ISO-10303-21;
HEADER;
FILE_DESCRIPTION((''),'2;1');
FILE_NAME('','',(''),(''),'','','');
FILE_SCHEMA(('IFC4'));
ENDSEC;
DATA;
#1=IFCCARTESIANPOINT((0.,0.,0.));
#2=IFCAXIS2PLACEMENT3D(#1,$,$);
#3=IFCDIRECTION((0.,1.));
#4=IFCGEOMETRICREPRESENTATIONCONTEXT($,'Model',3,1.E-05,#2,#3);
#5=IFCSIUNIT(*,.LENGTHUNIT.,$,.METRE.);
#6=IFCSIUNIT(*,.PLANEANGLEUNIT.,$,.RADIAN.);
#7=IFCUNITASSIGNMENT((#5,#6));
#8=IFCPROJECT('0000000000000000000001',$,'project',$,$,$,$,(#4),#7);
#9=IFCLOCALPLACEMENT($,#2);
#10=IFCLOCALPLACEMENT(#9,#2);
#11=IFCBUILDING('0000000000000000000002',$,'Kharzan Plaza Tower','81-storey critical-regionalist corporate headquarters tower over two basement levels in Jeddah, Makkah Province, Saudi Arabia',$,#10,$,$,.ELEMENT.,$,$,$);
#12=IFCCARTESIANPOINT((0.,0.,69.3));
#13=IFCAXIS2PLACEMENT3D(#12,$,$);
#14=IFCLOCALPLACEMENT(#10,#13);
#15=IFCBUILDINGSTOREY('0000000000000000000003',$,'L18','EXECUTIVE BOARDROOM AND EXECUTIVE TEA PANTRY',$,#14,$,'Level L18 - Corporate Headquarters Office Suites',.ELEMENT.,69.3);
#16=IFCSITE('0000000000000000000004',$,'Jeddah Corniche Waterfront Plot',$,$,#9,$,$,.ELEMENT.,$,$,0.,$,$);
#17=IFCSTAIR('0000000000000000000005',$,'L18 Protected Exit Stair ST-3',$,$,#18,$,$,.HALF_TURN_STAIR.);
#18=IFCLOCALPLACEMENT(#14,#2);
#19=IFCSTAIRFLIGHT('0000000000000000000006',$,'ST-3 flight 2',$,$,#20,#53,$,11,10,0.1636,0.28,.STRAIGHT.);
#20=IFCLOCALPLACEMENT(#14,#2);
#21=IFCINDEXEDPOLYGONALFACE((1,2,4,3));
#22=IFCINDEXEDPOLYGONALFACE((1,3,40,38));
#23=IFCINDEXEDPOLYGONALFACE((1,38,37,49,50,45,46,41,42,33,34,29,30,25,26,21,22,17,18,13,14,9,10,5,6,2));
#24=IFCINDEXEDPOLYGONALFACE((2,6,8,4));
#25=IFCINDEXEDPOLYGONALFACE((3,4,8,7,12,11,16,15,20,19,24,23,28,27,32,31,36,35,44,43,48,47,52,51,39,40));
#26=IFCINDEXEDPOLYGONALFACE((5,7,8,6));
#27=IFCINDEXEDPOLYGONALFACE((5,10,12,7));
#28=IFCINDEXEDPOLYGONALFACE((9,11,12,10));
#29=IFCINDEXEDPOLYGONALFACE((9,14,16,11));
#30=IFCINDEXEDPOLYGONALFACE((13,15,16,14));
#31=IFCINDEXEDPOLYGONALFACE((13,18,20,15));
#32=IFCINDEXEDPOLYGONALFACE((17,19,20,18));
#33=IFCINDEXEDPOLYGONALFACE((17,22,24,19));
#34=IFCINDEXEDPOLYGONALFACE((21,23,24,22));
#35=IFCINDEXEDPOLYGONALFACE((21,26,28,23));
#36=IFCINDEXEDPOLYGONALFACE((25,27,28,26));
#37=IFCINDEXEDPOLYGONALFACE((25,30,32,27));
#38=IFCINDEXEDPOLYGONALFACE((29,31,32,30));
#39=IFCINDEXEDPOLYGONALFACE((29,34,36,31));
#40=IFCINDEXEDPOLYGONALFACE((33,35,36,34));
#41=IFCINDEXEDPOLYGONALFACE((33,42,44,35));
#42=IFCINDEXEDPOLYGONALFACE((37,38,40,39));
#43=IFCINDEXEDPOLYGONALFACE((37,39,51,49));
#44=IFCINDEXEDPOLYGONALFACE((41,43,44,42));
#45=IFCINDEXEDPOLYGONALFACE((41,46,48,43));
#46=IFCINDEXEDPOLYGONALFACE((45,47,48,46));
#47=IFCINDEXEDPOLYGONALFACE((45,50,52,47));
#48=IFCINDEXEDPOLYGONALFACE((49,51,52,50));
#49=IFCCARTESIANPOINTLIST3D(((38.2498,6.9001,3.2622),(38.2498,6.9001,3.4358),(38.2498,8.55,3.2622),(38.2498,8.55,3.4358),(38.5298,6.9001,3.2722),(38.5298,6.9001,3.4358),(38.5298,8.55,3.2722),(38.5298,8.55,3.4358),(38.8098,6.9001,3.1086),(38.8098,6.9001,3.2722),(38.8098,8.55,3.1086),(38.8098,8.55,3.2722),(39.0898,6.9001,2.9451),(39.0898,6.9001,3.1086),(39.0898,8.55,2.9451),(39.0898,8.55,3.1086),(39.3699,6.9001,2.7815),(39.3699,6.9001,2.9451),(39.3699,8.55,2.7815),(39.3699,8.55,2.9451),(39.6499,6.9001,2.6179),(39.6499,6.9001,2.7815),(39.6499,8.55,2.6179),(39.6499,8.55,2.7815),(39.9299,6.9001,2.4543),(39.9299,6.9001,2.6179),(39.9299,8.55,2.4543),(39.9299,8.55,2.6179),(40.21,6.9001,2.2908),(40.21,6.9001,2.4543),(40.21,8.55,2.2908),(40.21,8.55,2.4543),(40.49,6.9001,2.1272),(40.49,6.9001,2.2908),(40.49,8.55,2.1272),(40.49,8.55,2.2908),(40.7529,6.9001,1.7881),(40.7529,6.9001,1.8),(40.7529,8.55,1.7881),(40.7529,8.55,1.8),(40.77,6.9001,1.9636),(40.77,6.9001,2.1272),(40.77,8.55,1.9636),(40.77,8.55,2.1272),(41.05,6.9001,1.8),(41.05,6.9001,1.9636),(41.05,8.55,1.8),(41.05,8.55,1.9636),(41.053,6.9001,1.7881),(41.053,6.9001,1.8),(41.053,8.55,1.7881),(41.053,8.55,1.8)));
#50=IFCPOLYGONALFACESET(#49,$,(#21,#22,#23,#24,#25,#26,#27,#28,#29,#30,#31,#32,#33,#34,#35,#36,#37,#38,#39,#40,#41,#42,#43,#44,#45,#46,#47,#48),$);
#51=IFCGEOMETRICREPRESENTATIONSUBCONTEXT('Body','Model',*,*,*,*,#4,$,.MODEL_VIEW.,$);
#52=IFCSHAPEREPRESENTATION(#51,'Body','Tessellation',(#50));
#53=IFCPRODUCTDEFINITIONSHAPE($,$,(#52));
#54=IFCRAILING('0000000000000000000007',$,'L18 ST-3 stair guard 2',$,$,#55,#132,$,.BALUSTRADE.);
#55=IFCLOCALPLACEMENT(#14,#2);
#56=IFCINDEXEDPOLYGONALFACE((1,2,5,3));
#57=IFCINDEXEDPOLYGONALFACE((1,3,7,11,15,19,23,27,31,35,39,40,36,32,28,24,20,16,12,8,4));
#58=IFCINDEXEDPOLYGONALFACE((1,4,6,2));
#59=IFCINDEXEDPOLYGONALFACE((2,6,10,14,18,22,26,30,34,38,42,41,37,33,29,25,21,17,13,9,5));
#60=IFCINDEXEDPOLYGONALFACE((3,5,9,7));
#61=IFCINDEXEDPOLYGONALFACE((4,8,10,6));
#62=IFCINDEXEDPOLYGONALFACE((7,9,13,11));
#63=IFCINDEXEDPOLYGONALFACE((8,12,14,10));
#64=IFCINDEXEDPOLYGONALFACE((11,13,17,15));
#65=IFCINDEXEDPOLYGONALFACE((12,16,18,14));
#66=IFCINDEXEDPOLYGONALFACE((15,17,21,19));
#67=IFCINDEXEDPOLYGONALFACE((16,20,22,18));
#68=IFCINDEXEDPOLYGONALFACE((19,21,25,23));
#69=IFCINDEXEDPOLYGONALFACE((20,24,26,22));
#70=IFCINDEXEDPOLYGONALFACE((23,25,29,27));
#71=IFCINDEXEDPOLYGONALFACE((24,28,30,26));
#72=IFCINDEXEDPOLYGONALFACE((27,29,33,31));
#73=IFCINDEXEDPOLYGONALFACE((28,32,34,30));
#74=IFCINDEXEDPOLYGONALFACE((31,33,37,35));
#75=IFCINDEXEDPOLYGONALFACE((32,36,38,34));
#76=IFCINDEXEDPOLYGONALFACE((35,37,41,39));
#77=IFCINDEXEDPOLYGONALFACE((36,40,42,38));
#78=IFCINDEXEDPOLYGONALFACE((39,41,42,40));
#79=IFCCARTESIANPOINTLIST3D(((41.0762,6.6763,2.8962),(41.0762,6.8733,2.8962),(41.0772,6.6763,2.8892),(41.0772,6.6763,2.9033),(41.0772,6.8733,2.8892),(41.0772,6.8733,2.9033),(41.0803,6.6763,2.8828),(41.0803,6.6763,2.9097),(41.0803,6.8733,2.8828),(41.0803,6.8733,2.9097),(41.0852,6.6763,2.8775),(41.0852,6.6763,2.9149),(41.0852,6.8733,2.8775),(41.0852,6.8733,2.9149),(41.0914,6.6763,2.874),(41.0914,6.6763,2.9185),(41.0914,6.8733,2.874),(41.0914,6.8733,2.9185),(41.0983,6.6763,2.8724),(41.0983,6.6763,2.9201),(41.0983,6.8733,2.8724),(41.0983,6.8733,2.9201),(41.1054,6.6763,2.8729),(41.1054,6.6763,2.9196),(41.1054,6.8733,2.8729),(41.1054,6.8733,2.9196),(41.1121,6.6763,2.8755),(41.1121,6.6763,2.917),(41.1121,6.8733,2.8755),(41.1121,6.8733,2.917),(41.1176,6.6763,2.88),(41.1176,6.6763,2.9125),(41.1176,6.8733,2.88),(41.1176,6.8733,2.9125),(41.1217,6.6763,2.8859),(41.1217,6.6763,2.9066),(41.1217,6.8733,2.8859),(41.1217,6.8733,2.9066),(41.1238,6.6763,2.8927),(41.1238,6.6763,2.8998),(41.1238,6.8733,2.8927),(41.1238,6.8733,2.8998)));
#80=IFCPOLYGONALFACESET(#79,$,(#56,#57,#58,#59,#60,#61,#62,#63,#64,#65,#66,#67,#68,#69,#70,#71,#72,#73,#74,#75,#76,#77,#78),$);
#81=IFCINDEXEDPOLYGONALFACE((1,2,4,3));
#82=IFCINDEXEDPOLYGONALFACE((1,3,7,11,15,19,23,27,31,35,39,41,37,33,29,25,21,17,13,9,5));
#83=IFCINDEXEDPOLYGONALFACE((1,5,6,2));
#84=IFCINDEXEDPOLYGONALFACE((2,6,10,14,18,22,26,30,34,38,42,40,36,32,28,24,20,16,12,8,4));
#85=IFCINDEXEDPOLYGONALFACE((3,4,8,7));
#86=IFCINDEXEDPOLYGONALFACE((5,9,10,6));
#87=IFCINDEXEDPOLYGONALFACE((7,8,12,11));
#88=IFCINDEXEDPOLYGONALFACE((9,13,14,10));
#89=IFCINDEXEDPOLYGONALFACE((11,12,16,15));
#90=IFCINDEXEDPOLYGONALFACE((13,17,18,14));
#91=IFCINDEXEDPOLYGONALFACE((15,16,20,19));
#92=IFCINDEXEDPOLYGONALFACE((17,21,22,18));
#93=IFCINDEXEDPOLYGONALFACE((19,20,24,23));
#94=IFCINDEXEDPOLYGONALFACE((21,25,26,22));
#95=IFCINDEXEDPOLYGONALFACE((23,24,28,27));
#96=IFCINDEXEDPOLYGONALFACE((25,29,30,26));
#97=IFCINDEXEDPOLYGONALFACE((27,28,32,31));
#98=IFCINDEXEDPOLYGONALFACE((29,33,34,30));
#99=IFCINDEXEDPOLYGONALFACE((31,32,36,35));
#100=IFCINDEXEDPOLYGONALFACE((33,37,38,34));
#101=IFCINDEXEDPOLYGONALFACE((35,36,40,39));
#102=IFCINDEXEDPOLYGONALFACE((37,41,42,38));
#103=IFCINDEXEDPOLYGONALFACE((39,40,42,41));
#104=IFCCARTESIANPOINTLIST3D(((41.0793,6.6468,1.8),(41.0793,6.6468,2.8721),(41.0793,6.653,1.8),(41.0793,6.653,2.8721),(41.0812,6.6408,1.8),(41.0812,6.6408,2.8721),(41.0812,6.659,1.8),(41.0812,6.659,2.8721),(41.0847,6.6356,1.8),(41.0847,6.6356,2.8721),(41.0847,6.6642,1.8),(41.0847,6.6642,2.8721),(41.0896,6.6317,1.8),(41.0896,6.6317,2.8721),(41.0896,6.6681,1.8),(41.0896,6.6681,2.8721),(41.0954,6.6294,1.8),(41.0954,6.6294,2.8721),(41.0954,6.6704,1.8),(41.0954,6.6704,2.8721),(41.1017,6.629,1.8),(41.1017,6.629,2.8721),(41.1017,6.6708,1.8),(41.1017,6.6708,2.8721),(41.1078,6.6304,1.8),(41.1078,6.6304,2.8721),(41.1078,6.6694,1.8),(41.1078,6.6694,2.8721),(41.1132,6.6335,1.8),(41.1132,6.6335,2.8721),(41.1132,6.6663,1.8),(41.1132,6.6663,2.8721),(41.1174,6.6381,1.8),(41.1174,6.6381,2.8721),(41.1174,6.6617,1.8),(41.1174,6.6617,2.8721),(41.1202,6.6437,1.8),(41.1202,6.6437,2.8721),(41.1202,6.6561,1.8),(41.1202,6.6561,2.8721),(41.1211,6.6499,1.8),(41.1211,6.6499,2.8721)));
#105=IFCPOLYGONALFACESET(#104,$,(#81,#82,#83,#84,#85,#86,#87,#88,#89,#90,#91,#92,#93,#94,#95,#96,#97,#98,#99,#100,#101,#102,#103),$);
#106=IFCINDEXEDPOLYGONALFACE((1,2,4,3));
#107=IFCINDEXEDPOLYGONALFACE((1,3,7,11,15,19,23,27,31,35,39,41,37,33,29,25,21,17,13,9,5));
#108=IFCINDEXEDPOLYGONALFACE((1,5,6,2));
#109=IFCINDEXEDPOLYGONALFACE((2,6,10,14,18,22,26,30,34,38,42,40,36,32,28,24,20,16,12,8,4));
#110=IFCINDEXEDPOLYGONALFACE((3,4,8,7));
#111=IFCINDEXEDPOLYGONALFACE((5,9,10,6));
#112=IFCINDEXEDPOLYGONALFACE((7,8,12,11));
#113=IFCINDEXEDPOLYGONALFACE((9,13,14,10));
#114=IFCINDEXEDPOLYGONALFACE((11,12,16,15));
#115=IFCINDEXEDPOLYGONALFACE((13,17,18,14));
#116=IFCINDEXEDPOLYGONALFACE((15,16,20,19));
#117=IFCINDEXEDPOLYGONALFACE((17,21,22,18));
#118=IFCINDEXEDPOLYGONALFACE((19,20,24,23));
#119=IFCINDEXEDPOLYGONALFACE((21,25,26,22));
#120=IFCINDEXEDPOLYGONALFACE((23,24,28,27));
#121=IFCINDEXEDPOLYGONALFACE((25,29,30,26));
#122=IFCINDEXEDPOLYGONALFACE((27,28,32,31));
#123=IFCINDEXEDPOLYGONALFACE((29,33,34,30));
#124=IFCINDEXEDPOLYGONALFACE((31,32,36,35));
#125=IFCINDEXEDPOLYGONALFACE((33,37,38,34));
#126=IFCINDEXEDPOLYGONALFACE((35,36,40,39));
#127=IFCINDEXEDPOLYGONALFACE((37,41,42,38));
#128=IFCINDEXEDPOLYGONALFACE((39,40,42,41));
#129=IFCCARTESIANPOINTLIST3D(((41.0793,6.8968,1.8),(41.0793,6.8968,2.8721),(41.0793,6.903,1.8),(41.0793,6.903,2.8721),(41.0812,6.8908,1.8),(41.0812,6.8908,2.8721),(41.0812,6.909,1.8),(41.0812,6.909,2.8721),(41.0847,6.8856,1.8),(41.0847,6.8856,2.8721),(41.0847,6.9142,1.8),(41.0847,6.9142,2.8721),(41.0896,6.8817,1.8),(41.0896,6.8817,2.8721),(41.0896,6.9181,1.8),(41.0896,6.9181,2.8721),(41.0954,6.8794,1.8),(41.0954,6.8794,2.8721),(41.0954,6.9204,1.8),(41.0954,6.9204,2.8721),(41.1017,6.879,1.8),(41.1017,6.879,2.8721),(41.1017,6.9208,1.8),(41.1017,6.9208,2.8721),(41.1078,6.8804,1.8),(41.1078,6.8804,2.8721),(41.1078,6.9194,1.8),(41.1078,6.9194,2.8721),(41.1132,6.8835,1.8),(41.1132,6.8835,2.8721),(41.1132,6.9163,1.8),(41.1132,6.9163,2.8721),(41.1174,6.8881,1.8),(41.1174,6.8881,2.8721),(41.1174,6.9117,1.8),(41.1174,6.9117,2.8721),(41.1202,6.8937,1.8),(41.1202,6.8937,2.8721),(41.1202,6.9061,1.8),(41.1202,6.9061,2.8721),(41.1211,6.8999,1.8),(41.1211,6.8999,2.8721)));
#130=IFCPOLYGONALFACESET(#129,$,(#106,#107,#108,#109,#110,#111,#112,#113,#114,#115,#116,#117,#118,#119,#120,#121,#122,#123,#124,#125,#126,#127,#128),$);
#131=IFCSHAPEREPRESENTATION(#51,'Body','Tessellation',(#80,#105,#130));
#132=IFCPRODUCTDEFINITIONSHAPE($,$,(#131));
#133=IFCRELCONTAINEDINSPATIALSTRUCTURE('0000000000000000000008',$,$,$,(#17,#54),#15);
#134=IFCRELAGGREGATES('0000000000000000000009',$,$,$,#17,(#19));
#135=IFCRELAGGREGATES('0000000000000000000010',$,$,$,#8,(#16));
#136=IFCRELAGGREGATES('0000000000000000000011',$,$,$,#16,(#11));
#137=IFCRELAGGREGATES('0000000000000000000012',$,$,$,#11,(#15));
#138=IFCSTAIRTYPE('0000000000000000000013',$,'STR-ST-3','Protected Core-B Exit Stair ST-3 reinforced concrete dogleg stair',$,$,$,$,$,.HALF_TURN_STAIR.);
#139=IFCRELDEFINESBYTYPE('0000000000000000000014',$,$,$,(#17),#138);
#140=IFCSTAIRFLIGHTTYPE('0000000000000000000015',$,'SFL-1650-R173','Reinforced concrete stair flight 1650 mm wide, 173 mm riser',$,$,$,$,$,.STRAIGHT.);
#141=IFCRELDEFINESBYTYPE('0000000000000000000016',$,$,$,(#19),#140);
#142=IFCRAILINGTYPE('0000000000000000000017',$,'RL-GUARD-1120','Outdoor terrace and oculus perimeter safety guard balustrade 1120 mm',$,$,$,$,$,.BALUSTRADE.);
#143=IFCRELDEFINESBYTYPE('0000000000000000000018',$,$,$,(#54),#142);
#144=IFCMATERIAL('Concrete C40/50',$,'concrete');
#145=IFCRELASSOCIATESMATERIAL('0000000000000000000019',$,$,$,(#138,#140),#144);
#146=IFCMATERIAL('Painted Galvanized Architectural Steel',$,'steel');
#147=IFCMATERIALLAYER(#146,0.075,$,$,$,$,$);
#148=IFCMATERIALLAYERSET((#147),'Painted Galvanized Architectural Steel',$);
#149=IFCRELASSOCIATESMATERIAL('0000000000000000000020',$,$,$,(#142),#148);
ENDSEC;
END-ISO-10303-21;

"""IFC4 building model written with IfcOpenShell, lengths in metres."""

from ifc_helpers import new_model, si_unit, direction, frame, origin, origin_2d, place, context, subcontext, project, spatial, polyline, circle, outline, extrude, source, transform, mapped, material, layer, layer_set, type_object, element, aggregate, save


model = new_model("IFC4")

# Units and contexts
model_context = context("Model", 3, precision=1e-05, world=origin(), true_north=direction((0.0, 1.0)))
body_context = subcontext(model_context, "Body", "Model", "MODEL_VIEW")
ifc_project = project(units=[si_unit("LENGTHUNIT", "METRE"), si_unit("PLANEANGLEUNIT", "RADIAN")], contexts=[model_context])

# Site, building, storey
site_placement = place(None, origin())
site = spatial("IfcSite", under=ifc_project, at=site_placement, Name="Jeddah Corniche Waterfront Plot", CompositionType="ELEMENT", RefElevation=0.0)
building_placement = place(site_placement, origin())
building = spatial("IfcBuilding", under=site, at=building_placement, Name="Kharzan Plaza Tower", Description="81-storey critical-regionalist corporate headquarters tower over two basement levels in Jeddah, Makkah Province, Saudi Arabia", CompositionType="ELEMENT")
storey_placement = place(building_placement, frame((0.0, 0.0, 69.3)))
storey = spatial("IfcBuildingStorey", under=building, at=storey_placement, Name="L18", Description="EXECUTIVE BOARDROOM AND EXECUTIVE TEA PANTRY", LongName="Level L18 - Corporate Headquarters Office Suites", CompositionType="ELEMENT", Elevation=69.3)

# Shared definitions
ifc_material_1 = material(Name="Concrete C40/50", Category="concrete")

# Stair, stair flight
stair_type = type_object("IfcStairType", Name="STR-ST-3", Description="Protected Core-B Exit Stair ST-3 reinforced concrete dogleg stair", PredefinedType="HALF_TURN_STAIR", material=ifc_material_1)
stair_placement = place(storey_placement, origin())
stair = element("IfcStair", 1, at=stair_placement, inside=storey, type_object=stair_type, Name="L18 Protected Exit Stair ST-3", PredefinedType="HALF_TURN_STAIR")
stair_flight_type = type_object("IfcStairFlightType", Name="SFL-1650-R173", Description="Reinforced concrete stair flight 1650 mm wide, 173 mm riser", PredefinedType="STRAIGHT", material=ifc_material_1)
shared_shape_1 = source(origin(), body_context, "Body", "SweptSolid", [
    extrude(outline(polyline([(-0.0029, -0.012), (-0.0029, 0.0), (0.0, 0.0), (0.0, 0.1636), (0.28, 0.1636), (0.28, 0.3271), (0.5601, 0.3271), (0.5601, 0.4907), (0.8401, 0.4907), (0.8401, 0.6543), (1.1201, 0.6543), (1.1201, 0.8179), (1.4001, 0.8179), (1.4001, 0.9814), (1.6802, 0.9814), (1.6802, 1.145), (1.9602, 1.145), (1.9602, 1.3086), (2.2402, 1.3086), (2.2402, 1.4722), (2.5203, 1.4722), (2.5203, 1.6357), (2.8003, 1.6357), (2.8003, 1.7993), (2.8003, 1.4622), (0.2971, 0.0), (0.2971, -0.012), (-0.0029, -0.012)])), frame((0.0, 0.825, 0.0), z_axis=(0.0, -1.0, 0.0), x_axis=(1.0, 0.0, 0.0)), (0.0, 0.0, 1.0), 1.6499),
])
stair_flight_1_placement = place(storey_placement, frame((41.05, 7.7251, 1.8), z_axis=(0.0, 0.0, 1.0), x_axis=(-1.0, 0.0, 0.0)))
stair_flight_1 = element("IfcStairFlight", 2, at=stair_flight_1_placement, type_object=stair_flight_type, Name="ST-3 flight 2", NumberOfRisers=11, NumberOfTreads=10, PredefinedType="STRAIGHT", RiserHeight=0.1636, TreadLength=0.28, context=body_context, shape_type="MappedRepresentation", body=[
    mapped(shared_shape_1, transform((0.0, 0.0, 0.0), x_axis=(1.0, 0.0, 0.0), y_axis=(0.0, 1.0, 0.0), z_axis=(0.0, 0.0, 1.0))),
])
aggregate(stair, [stair_flight_1])

# Railing
ifc_material_2 = material(Name="Painted Galvanized Architectural Steel", Category="steel")
ifc_layer_1 = layer(ifc_material_2, 0.075)
ifc_layer_set_1 = layer_set([ifc_layer_1], Name="Painted Galvanized Architectural Steel")
railing_type_1 = type_object("IfcRailingType", Name="RL-GUARD-1120", Description="Outdoor terrace and oculus perimeter safety guard balustrade 1120 mm", PredefinedType="BALUSTRADE", material=ifc_layer_set_1)
shared_shape_2 = source(origin(), body_context, "Body", "SweptSolid", [
    extrude(circle(Radius=0.0239, at=origin_2d()), frame((0.0, 0.0264, 1.0962), z_axis=(0.0, 1.0, 0.0), x_axis=(-1.0, 0.0, 0.0)), (0.0, 0.0, 1.0), 0.197),
    extrude(circle(Radius=0.021, at=origin_2d()), origin(), (0.0, 0.0, 1.0), 1.072),
    extrude(circle(Radius=0.021, at=origin_2d()), frame((0.0, 0.25, 0.0)), (0.0, 0.0, 1.0), 1.072),
])
for number, where, name in (
    (3, (41.1001, 6.6499, 1.8), "L18 ST-3 stair guard 2"),
):
    element("IfcRailing", number, at=place(storey_placement, frame(where)), inside=storey, type_object=railing_type_1, Name=name, PredefinedType="BALUSTRADE", context=body_context, shape_type="MappedRepresentation", body=[
        mapped(shared_shape_2, transform((0.0, 0.0, 0.0), x_axis=(1.0, 0.0, 0.0), y_axis=(0.0, 1.0, 0.0), z_axis=(0.0, 0.0, 1.0))),
    ])

save(model, "model.ifc")
